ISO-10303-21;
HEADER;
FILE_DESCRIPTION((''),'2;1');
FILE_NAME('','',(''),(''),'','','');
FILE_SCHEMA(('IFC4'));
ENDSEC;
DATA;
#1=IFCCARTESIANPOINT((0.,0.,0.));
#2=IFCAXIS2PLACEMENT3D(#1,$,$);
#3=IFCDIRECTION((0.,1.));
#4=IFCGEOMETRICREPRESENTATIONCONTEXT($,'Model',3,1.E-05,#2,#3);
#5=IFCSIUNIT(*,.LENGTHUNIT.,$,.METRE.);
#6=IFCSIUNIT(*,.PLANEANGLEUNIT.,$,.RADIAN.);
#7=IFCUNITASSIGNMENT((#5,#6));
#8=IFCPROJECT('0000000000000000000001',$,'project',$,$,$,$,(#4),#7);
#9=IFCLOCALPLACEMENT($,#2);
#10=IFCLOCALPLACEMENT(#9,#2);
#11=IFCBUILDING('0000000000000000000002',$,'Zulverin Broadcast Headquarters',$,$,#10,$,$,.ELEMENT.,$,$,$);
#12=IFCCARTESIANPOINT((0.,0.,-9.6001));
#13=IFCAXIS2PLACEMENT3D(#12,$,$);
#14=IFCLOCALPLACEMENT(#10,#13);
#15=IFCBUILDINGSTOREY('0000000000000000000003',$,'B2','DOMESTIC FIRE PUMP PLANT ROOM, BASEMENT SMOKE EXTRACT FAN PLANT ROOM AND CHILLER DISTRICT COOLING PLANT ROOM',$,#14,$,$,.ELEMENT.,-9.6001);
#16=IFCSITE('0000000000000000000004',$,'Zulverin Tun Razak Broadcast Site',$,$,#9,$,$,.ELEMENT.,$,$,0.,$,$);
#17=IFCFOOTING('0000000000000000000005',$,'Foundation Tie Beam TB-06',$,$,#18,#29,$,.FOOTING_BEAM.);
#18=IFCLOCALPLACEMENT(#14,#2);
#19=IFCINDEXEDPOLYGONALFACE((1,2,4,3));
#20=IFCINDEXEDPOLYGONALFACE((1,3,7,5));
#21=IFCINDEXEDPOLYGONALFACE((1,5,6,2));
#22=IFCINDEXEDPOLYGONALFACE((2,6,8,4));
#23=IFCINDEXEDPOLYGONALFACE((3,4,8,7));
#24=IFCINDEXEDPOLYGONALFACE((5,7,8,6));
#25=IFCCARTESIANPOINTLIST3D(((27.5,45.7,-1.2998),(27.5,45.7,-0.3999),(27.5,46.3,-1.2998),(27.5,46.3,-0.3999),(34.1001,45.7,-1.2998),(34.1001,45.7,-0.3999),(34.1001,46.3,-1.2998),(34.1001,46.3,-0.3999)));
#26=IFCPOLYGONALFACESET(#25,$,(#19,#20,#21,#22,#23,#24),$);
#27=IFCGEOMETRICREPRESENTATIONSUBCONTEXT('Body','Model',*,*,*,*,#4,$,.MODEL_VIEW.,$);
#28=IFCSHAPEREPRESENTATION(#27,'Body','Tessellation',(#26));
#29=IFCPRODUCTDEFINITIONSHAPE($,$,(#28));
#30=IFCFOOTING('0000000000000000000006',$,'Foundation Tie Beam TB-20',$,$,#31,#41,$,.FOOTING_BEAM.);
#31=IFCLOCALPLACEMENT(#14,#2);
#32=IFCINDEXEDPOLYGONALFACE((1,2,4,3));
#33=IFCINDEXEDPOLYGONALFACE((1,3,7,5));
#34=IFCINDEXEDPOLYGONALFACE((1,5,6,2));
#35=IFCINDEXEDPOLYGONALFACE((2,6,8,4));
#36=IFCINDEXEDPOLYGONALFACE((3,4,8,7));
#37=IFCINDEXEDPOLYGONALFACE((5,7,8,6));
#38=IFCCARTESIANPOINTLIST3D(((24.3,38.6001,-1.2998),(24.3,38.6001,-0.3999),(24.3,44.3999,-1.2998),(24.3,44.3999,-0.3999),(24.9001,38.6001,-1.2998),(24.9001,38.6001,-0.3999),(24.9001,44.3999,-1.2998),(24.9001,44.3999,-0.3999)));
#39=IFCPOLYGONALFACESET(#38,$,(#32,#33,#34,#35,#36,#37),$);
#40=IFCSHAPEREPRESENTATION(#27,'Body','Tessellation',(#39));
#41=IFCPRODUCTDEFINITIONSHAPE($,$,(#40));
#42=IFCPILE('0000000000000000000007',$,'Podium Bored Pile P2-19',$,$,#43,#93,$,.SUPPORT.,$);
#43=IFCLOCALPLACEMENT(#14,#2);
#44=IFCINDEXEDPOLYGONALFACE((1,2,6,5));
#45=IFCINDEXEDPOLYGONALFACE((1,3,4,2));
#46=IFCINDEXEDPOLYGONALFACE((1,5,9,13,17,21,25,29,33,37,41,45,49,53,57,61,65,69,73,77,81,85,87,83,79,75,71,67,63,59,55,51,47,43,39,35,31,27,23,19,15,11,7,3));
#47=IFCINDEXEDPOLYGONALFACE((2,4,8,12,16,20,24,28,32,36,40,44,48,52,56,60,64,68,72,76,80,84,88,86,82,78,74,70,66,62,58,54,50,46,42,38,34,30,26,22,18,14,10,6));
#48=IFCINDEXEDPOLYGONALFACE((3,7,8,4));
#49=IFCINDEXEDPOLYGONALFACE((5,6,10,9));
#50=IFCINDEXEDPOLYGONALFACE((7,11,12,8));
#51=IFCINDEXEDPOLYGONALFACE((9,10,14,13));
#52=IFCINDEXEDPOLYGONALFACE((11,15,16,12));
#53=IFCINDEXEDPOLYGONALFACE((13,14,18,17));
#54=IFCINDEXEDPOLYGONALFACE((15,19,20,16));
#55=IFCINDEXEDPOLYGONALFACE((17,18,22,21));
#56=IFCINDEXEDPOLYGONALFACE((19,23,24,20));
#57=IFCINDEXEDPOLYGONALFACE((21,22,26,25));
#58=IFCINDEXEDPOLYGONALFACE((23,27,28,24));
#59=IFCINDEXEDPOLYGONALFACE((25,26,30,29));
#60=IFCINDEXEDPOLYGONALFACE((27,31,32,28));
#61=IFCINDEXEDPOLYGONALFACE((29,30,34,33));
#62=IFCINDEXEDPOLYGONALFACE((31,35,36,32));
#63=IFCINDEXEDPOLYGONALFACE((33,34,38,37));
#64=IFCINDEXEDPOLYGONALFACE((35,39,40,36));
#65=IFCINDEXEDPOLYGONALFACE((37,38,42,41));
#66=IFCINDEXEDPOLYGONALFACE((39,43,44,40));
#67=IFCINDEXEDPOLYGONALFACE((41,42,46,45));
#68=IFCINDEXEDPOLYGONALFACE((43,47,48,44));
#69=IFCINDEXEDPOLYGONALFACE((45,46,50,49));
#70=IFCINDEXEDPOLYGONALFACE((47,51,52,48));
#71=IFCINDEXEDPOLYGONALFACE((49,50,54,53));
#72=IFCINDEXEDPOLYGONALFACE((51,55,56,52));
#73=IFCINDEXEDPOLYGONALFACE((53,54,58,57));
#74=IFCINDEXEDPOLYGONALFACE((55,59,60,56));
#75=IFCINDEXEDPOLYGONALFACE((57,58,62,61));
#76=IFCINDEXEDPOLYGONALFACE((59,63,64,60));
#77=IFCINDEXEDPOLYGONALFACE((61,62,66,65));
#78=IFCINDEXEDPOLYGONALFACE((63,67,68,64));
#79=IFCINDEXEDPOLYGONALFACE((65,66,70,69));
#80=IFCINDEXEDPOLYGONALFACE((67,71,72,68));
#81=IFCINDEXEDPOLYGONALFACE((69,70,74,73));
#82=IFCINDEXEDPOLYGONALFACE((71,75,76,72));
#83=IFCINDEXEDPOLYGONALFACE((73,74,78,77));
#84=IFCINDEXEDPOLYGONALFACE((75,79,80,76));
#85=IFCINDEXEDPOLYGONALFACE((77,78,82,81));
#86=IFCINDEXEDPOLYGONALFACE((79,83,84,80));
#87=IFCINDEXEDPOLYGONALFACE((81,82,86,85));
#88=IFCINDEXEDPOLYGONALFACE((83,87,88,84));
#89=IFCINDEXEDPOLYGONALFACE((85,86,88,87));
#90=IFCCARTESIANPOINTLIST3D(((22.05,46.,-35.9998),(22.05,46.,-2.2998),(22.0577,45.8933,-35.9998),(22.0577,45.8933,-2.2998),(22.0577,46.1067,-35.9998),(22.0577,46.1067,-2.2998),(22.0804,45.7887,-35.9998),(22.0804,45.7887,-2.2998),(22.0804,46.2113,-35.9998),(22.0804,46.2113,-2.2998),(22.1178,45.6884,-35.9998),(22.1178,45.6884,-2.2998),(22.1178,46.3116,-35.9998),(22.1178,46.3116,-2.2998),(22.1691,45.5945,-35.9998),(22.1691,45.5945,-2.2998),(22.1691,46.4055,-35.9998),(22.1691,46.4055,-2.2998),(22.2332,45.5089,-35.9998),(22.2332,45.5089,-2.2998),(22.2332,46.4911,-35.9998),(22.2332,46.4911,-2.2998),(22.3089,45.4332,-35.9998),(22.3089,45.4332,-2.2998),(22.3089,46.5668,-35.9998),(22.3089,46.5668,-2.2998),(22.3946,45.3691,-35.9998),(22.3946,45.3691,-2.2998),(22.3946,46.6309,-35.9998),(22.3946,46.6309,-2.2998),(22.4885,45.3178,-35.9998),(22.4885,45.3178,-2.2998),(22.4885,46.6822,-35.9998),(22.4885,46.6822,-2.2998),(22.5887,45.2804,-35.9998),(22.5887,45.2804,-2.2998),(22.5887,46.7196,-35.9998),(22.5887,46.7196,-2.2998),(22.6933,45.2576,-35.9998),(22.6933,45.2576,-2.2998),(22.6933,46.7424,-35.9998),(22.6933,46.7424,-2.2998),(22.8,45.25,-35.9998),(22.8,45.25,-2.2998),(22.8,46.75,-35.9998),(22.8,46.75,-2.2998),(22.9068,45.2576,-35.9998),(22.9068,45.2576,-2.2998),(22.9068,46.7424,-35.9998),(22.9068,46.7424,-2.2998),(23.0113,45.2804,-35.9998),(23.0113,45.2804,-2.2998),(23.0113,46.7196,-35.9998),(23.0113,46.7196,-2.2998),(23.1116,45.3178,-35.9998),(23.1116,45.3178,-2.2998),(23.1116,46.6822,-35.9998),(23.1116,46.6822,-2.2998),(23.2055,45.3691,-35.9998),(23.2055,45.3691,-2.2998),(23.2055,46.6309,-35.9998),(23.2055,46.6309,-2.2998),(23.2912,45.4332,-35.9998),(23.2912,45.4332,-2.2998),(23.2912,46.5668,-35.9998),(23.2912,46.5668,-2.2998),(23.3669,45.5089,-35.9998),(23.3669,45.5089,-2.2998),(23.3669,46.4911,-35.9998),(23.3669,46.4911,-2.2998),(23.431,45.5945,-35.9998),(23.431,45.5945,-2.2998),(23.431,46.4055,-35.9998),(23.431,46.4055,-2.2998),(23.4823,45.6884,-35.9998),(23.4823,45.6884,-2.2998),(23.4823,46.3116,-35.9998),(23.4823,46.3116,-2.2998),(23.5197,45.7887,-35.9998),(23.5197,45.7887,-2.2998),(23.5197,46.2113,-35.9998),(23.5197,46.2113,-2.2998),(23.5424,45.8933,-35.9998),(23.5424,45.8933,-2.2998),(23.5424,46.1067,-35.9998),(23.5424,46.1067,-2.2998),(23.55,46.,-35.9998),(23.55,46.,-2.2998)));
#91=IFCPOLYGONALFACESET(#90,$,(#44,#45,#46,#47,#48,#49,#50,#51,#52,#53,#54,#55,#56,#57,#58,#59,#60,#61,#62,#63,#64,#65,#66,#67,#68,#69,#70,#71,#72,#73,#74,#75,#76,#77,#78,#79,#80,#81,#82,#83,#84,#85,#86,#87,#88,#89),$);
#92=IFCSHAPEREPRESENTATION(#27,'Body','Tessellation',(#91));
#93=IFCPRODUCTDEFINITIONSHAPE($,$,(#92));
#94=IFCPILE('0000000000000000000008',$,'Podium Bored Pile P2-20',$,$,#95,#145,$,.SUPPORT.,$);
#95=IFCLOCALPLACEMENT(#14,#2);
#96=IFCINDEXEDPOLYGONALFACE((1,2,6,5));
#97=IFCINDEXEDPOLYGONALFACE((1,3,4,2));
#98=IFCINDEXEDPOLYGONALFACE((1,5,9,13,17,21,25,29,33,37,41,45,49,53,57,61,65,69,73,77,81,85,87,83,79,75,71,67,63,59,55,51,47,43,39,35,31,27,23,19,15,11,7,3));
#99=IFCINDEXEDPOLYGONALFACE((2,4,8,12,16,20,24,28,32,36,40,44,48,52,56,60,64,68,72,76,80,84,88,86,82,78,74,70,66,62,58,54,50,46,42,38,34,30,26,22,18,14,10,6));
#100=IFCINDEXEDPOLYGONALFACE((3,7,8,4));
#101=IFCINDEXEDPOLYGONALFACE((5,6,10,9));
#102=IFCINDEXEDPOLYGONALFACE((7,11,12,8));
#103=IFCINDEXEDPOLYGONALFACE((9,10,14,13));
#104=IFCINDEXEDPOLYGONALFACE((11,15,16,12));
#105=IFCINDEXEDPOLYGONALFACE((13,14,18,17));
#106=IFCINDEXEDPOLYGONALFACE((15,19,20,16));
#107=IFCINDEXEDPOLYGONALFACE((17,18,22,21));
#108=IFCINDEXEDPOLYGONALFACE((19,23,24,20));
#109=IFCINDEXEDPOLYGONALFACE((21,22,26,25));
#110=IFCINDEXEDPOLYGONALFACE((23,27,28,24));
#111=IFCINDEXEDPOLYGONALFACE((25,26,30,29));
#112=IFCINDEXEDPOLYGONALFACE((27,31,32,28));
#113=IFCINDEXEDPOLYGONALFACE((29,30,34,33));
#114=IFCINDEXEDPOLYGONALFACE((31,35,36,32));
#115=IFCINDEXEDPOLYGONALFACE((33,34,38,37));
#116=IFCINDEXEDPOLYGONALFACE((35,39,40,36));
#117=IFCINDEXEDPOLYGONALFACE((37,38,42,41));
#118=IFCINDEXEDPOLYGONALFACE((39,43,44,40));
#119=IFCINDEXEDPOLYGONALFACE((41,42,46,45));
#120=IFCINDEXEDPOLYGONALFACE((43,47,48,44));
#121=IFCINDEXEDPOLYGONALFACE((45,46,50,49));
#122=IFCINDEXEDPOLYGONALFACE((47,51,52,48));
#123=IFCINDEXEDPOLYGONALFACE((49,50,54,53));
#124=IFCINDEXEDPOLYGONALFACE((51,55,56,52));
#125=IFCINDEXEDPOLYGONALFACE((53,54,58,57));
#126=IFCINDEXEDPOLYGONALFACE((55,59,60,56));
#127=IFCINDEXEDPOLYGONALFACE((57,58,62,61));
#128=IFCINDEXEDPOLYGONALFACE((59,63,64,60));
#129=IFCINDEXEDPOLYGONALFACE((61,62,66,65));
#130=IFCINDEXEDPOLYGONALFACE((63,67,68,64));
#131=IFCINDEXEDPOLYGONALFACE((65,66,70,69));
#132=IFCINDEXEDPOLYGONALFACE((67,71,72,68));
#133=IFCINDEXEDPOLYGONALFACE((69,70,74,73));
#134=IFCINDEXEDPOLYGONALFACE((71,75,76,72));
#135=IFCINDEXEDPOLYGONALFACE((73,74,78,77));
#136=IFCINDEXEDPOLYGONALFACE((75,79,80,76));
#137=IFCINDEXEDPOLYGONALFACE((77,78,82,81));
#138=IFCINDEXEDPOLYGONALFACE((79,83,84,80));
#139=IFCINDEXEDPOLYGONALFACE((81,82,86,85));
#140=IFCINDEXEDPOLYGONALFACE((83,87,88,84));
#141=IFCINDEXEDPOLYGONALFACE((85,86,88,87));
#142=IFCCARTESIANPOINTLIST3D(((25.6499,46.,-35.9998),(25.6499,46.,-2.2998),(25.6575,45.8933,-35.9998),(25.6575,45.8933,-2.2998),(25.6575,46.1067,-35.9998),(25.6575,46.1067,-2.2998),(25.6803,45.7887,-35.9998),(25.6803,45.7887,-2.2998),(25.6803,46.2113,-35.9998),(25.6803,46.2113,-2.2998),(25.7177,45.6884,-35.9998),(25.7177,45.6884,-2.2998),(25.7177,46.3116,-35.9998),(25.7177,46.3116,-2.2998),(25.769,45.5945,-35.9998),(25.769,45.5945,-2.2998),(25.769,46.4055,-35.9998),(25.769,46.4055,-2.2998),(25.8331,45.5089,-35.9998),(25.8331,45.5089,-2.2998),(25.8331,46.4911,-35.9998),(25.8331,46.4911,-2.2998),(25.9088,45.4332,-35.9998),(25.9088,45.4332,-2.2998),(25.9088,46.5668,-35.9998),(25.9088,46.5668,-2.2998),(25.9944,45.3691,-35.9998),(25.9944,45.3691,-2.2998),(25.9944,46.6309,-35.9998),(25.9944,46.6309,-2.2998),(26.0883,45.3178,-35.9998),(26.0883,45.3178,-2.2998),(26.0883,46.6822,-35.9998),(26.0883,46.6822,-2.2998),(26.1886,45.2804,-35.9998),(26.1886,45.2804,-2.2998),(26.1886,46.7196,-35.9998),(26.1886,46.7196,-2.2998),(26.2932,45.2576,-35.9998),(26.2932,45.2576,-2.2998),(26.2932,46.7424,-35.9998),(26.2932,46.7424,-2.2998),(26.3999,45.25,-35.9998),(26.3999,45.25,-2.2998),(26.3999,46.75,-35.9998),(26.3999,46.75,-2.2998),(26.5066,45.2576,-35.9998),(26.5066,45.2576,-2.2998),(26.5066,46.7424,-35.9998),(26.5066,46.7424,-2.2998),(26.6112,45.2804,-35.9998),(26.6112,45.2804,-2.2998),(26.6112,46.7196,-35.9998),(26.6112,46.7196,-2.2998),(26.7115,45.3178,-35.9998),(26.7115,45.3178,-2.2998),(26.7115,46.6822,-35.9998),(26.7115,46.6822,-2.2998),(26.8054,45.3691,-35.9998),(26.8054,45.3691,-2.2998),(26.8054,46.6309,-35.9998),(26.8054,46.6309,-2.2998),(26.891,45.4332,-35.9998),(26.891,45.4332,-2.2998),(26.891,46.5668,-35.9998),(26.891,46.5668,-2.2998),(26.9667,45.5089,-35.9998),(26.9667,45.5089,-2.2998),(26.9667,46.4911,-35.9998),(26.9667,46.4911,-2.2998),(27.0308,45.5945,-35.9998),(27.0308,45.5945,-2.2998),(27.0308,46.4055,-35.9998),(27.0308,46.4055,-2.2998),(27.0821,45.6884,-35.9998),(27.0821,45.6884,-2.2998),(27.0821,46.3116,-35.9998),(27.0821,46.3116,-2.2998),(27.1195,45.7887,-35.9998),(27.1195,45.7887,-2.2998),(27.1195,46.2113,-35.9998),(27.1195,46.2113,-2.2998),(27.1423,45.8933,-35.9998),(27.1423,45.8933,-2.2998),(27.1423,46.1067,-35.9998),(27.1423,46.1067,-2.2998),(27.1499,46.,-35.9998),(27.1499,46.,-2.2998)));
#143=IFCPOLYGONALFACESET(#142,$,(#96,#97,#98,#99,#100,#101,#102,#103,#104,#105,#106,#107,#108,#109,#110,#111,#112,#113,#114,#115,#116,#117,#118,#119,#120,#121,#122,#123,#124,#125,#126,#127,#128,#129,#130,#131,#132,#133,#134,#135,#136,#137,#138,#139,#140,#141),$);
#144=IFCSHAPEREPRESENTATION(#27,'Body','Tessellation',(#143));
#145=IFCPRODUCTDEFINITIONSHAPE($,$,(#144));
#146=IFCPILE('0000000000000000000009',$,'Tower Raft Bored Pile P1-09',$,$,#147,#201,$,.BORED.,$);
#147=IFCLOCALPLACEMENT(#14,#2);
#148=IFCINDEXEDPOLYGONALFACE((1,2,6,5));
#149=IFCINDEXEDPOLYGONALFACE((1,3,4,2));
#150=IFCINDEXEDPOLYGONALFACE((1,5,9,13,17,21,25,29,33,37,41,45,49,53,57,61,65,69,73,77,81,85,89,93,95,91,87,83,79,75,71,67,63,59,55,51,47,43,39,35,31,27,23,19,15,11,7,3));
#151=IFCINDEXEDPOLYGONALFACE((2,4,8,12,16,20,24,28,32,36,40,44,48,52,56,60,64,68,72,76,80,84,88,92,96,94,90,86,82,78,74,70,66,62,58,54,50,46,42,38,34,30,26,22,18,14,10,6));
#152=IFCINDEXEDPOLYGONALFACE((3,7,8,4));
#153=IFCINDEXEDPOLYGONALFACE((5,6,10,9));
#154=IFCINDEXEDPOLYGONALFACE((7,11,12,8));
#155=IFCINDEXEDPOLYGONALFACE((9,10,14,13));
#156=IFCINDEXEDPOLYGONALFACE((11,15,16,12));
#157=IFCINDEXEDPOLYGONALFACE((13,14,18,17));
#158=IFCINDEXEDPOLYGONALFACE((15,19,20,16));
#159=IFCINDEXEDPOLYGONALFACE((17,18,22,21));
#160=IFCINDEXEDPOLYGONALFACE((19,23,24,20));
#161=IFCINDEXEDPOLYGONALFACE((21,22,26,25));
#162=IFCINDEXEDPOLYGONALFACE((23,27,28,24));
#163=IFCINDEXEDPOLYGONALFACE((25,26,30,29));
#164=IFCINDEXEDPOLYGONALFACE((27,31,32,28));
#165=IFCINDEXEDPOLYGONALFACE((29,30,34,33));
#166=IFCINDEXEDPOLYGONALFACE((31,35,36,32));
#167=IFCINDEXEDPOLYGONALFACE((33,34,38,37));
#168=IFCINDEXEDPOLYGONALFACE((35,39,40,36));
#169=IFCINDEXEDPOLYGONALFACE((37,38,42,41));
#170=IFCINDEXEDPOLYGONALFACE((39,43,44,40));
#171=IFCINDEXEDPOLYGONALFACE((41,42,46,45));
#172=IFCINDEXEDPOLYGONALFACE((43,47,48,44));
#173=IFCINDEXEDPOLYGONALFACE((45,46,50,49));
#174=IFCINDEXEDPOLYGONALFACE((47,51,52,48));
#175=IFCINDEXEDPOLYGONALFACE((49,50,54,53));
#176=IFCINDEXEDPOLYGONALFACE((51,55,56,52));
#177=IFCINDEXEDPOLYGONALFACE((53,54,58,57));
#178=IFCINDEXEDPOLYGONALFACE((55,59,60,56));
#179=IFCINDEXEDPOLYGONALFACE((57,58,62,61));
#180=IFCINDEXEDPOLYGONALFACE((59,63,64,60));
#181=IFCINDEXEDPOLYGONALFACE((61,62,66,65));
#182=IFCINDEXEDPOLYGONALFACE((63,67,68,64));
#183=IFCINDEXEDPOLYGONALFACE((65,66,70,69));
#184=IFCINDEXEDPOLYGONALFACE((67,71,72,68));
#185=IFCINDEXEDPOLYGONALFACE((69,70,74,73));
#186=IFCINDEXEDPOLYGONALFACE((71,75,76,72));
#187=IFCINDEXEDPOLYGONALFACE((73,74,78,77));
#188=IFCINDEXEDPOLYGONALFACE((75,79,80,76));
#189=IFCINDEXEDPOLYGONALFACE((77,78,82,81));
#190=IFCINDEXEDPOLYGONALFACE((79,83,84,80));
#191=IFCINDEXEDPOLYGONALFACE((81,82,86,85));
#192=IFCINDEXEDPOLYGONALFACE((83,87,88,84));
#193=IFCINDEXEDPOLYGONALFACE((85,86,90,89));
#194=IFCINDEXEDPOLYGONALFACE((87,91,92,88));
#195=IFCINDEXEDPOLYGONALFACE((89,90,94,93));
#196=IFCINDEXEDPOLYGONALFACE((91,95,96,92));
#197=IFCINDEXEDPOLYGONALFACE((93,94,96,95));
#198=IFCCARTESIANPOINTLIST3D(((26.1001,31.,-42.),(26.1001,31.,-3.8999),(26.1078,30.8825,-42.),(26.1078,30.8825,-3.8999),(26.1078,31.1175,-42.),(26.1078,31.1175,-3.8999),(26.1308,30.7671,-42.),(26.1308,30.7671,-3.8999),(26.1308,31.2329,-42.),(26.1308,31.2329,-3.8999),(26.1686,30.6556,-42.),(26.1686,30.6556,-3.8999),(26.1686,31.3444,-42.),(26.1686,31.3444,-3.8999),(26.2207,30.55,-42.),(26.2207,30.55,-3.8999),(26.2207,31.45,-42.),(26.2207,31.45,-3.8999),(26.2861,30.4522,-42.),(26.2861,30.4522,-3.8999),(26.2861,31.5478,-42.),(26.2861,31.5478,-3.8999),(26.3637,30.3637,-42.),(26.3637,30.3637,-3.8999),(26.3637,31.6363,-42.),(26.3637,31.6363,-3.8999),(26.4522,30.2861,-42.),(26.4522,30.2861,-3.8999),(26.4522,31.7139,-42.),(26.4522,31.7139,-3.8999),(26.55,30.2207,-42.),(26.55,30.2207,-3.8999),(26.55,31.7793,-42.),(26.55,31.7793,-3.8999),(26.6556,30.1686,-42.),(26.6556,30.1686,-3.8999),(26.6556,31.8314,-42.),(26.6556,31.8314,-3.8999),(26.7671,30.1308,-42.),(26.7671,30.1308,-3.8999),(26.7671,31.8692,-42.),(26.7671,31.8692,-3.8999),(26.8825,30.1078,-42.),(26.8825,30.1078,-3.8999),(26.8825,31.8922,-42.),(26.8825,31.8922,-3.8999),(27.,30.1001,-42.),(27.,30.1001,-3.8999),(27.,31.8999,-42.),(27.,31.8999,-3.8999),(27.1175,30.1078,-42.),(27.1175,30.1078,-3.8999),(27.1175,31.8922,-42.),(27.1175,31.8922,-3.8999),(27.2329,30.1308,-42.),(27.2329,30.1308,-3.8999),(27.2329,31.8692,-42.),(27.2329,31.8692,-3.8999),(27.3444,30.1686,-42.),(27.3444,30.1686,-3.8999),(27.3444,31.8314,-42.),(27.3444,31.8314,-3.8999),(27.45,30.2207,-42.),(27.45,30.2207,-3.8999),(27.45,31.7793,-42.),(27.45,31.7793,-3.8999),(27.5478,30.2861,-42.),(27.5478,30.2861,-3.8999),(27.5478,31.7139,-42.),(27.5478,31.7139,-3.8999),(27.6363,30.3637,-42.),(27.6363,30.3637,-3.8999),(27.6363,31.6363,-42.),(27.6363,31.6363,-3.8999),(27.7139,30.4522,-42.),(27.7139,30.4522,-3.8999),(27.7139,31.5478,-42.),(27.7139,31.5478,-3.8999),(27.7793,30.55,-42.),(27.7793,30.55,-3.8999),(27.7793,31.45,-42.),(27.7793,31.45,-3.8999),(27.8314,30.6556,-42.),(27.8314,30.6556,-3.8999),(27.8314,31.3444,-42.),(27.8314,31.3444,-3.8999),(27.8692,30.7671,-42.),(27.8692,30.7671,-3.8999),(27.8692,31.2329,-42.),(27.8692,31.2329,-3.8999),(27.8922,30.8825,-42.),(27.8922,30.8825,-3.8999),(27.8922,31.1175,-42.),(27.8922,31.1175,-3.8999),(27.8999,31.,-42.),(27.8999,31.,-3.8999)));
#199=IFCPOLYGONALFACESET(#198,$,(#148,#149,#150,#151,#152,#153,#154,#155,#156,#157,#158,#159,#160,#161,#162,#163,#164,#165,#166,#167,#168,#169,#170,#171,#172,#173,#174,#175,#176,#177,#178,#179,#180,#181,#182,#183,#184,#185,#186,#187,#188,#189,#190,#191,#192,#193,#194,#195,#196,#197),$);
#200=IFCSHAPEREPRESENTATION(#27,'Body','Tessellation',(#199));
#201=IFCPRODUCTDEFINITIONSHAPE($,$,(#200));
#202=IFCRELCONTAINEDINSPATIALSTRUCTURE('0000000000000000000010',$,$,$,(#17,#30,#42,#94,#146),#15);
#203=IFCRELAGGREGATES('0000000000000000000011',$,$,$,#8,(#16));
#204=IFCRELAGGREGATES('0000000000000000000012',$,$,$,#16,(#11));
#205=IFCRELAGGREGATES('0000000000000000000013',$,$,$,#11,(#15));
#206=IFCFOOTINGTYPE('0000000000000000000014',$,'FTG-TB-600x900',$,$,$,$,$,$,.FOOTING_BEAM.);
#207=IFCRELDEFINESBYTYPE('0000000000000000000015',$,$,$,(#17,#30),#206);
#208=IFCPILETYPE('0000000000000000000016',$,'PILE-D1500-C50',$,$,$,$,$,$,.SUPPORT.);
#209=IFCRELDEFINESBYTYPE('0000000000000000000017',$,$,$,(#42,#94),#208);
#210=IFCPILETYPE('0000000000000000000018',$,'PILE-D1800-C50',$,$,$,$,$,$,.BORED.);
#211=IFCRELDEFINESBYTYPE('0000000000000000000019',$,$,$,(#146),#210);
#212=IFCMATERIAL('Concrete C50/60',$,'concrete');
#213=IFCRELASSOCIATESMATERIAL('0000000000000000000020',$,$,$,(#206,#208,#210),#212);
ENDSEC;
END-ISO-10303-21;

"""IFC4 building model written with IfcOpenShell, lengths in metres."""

from ifc_helpers import new_model, si_unit, direction, frame, origin, origin_2d, place, context, subcontext, project, spatial, rectangle, circle, extrude, material, material_profile, profile_set, type_object, element, save


model = new_model("IFC4")

# Units and contexts
model_context = context("Model", 3, precision=1e-05, world=origin(), true_north=direction((0.0, 1.0)))
body_context = subcontext(model_context, "Body", "Model", "MODEL_VIEW")
ifc_project = project(units=[si_unit("LENGTHUNIT", "METRE"), si_unit("PLANEANGLEUNIT", "RADIAN")], contexts=[model_context])

# Site, building, storey
site_placement = place(None, origin())
site = spatial("IfcSite", under=ifc_project, at=site_placement, Name="Zulverin Tun Razak Broadcast Site", CompositionType="ELEMENT", RefElevation=0.0)
building_placement = place(site_placement, origin())
building = spatial("IfcBuilding", under=site, at=building_placement, Name="Zulverin Broadcast Headquarters", CompositionType="ELEMENT")
storey_placement = place(building_placement, frame((0.0, 0.0, -9.6001)))
storey = spatial("IfcBuildingStorey", under=building, at=storey_placement, Name="B2", Description="DOMESTIC FIRE PUMP PLANT ROOM, BASEMENT SMOKE EXTRACT FAN PLANT ROOM AND CHILLER DISTRICT COOLING PLANT ROOM", CompositionType="ELEMENT", Elevation=-9.6001)

# Footings
ifc_material_1 = material(Name="Concrete C50/60", Category="concrete")
ifc_material_profile_1 = material_profile(ifc_material_1, rectangle(XDim=0.6001, YDim=0.8999, at=origin_2d()), Name="Concrete C50/60", Category="concrete")
ifc_profile_set_1 = profile_set([ifc_material_profile_1], Name="Concrete C50/60")
footing_type = type_object("IfcFootingType", Name="FTG-TB-600x900", PredefinedType="FOOTING_BEAM", material=ifc_profile_set_1)
footing_1_placement = place(storey_placement, frame((27.5, 46.0, -0.8499), z_axis=(1.0, 0.0, 0.0), x_axis=(0.0, 1.0, 0.0)))
element("IfcFooting", 1, at=footing_1_placement, inside=storey, type_object=footing_type, Name="Foundation Tie Beam TB-06", PredefinedType="FOOTING_BEAM", context=body_context, shape_type="SweptSolid", body=[
    extrude(rectangle(XDim=0.6001, YDim=0.8999, at=origin_2d()), origin(), (0.0, 0.0, 1.0), 6.6001),
])
footing_2_placement = place(storey_placement, frame((24.6001, 38.6001, -0.8499), z_axis=(0.0, 1.0, 0.0), x_axis=(-1.0, 0.0, 0.0)))
element("IfcFooting", 2, at=footing_2_placement, inside=storey, type_object=footing_type, Name="Foundation Tie Beam TB-20", PredefinedType="FOOTING_BEAM", context=body_context, shape_type="SweptSolid", body=[
    extrude(rectangle(XDim=0.6001, YDim=0.8999, at=origin_2d()), origin(), (0.0, 0.0, 1.0), 5.7998),
])

# Piles
ifc_material_profile_2 = material_profile(ifc_material_1, circle(Radius=0.75, at=origin_2d()), Name="Concrete C50/60", Category="concrete")
ifc_profile_set_2 = profile_set([ifc_material_profile_2], Name="Concrete C50/60")
pile_type_1 = type_object("IfcPileType", Name="PILE-D1500-C50", PredefinedType="SUPPORT", material=ifc_profile_set_2)
for number, where, z_axis, x_axis, name in (
    (3, (22.8, 46.0, -2.2998), (0.0, 0.0, -1.0), (1.0, 0.0, 0.0), "Podium Bored Pile P2-19"),
    (4, (26.3999, 46.0, -2.2998), (0.0, 0.0, -1.0), (1.0, 0.0, 0.0), "Podium Bored Pile P2-20"),
):
    element("IfcPile", number, at=place(storey_placement, frame(where, z_axis=z_axis, x_axis=x_axis)), inside=storey, type_object=pile_type_1, Name=name, PredefinedType="SUPPORT", context=body_context, shape_type="SweptSolid", body=[
        extrude(circle(Radius=0.75, at=origin_2d()), origin(), (0.0, 0.0, 1.0), 33.7),
    ])
ifc_material_profile_3 = material_profile(ifc_material_1, circle(Radius=0.8999, at=origin_2d()), Name="Concrete C50/60", Category="concrete")
ifc_profile_set_3 = profile_set([ifc_material_profile_3], Name="Concrete C50/60")
pile_type_2 = type_object("IfcPileType", Name="PILE-D1800-C50", PredefinedType="BORED", material=ifc_profile_set_3)
for number, where, z_axis, x_axis, name in (
    (5, (27.0, 31.0, -3.8999), (0.0, 0.0, -1.0), (1.0, 0.0, 0.0), "Tower Raft Bored Pile P1-09"),
):
    element("IfcPile", number, at=place(storey_placement, frame(where, z_axis=z_axis, x_axis=x_axis)), inside=storey, type_object=pile_type_2, Name=name, PredefinedType="BORED", context=body_context, shape_type="SweptSolid", body=[
        extrude(circle(Radius=0.8999, at=origin_2d()), origin(), (0.0, 0.0, 1.0), 38.1001),
    ])

save(model, "model.ifc")
